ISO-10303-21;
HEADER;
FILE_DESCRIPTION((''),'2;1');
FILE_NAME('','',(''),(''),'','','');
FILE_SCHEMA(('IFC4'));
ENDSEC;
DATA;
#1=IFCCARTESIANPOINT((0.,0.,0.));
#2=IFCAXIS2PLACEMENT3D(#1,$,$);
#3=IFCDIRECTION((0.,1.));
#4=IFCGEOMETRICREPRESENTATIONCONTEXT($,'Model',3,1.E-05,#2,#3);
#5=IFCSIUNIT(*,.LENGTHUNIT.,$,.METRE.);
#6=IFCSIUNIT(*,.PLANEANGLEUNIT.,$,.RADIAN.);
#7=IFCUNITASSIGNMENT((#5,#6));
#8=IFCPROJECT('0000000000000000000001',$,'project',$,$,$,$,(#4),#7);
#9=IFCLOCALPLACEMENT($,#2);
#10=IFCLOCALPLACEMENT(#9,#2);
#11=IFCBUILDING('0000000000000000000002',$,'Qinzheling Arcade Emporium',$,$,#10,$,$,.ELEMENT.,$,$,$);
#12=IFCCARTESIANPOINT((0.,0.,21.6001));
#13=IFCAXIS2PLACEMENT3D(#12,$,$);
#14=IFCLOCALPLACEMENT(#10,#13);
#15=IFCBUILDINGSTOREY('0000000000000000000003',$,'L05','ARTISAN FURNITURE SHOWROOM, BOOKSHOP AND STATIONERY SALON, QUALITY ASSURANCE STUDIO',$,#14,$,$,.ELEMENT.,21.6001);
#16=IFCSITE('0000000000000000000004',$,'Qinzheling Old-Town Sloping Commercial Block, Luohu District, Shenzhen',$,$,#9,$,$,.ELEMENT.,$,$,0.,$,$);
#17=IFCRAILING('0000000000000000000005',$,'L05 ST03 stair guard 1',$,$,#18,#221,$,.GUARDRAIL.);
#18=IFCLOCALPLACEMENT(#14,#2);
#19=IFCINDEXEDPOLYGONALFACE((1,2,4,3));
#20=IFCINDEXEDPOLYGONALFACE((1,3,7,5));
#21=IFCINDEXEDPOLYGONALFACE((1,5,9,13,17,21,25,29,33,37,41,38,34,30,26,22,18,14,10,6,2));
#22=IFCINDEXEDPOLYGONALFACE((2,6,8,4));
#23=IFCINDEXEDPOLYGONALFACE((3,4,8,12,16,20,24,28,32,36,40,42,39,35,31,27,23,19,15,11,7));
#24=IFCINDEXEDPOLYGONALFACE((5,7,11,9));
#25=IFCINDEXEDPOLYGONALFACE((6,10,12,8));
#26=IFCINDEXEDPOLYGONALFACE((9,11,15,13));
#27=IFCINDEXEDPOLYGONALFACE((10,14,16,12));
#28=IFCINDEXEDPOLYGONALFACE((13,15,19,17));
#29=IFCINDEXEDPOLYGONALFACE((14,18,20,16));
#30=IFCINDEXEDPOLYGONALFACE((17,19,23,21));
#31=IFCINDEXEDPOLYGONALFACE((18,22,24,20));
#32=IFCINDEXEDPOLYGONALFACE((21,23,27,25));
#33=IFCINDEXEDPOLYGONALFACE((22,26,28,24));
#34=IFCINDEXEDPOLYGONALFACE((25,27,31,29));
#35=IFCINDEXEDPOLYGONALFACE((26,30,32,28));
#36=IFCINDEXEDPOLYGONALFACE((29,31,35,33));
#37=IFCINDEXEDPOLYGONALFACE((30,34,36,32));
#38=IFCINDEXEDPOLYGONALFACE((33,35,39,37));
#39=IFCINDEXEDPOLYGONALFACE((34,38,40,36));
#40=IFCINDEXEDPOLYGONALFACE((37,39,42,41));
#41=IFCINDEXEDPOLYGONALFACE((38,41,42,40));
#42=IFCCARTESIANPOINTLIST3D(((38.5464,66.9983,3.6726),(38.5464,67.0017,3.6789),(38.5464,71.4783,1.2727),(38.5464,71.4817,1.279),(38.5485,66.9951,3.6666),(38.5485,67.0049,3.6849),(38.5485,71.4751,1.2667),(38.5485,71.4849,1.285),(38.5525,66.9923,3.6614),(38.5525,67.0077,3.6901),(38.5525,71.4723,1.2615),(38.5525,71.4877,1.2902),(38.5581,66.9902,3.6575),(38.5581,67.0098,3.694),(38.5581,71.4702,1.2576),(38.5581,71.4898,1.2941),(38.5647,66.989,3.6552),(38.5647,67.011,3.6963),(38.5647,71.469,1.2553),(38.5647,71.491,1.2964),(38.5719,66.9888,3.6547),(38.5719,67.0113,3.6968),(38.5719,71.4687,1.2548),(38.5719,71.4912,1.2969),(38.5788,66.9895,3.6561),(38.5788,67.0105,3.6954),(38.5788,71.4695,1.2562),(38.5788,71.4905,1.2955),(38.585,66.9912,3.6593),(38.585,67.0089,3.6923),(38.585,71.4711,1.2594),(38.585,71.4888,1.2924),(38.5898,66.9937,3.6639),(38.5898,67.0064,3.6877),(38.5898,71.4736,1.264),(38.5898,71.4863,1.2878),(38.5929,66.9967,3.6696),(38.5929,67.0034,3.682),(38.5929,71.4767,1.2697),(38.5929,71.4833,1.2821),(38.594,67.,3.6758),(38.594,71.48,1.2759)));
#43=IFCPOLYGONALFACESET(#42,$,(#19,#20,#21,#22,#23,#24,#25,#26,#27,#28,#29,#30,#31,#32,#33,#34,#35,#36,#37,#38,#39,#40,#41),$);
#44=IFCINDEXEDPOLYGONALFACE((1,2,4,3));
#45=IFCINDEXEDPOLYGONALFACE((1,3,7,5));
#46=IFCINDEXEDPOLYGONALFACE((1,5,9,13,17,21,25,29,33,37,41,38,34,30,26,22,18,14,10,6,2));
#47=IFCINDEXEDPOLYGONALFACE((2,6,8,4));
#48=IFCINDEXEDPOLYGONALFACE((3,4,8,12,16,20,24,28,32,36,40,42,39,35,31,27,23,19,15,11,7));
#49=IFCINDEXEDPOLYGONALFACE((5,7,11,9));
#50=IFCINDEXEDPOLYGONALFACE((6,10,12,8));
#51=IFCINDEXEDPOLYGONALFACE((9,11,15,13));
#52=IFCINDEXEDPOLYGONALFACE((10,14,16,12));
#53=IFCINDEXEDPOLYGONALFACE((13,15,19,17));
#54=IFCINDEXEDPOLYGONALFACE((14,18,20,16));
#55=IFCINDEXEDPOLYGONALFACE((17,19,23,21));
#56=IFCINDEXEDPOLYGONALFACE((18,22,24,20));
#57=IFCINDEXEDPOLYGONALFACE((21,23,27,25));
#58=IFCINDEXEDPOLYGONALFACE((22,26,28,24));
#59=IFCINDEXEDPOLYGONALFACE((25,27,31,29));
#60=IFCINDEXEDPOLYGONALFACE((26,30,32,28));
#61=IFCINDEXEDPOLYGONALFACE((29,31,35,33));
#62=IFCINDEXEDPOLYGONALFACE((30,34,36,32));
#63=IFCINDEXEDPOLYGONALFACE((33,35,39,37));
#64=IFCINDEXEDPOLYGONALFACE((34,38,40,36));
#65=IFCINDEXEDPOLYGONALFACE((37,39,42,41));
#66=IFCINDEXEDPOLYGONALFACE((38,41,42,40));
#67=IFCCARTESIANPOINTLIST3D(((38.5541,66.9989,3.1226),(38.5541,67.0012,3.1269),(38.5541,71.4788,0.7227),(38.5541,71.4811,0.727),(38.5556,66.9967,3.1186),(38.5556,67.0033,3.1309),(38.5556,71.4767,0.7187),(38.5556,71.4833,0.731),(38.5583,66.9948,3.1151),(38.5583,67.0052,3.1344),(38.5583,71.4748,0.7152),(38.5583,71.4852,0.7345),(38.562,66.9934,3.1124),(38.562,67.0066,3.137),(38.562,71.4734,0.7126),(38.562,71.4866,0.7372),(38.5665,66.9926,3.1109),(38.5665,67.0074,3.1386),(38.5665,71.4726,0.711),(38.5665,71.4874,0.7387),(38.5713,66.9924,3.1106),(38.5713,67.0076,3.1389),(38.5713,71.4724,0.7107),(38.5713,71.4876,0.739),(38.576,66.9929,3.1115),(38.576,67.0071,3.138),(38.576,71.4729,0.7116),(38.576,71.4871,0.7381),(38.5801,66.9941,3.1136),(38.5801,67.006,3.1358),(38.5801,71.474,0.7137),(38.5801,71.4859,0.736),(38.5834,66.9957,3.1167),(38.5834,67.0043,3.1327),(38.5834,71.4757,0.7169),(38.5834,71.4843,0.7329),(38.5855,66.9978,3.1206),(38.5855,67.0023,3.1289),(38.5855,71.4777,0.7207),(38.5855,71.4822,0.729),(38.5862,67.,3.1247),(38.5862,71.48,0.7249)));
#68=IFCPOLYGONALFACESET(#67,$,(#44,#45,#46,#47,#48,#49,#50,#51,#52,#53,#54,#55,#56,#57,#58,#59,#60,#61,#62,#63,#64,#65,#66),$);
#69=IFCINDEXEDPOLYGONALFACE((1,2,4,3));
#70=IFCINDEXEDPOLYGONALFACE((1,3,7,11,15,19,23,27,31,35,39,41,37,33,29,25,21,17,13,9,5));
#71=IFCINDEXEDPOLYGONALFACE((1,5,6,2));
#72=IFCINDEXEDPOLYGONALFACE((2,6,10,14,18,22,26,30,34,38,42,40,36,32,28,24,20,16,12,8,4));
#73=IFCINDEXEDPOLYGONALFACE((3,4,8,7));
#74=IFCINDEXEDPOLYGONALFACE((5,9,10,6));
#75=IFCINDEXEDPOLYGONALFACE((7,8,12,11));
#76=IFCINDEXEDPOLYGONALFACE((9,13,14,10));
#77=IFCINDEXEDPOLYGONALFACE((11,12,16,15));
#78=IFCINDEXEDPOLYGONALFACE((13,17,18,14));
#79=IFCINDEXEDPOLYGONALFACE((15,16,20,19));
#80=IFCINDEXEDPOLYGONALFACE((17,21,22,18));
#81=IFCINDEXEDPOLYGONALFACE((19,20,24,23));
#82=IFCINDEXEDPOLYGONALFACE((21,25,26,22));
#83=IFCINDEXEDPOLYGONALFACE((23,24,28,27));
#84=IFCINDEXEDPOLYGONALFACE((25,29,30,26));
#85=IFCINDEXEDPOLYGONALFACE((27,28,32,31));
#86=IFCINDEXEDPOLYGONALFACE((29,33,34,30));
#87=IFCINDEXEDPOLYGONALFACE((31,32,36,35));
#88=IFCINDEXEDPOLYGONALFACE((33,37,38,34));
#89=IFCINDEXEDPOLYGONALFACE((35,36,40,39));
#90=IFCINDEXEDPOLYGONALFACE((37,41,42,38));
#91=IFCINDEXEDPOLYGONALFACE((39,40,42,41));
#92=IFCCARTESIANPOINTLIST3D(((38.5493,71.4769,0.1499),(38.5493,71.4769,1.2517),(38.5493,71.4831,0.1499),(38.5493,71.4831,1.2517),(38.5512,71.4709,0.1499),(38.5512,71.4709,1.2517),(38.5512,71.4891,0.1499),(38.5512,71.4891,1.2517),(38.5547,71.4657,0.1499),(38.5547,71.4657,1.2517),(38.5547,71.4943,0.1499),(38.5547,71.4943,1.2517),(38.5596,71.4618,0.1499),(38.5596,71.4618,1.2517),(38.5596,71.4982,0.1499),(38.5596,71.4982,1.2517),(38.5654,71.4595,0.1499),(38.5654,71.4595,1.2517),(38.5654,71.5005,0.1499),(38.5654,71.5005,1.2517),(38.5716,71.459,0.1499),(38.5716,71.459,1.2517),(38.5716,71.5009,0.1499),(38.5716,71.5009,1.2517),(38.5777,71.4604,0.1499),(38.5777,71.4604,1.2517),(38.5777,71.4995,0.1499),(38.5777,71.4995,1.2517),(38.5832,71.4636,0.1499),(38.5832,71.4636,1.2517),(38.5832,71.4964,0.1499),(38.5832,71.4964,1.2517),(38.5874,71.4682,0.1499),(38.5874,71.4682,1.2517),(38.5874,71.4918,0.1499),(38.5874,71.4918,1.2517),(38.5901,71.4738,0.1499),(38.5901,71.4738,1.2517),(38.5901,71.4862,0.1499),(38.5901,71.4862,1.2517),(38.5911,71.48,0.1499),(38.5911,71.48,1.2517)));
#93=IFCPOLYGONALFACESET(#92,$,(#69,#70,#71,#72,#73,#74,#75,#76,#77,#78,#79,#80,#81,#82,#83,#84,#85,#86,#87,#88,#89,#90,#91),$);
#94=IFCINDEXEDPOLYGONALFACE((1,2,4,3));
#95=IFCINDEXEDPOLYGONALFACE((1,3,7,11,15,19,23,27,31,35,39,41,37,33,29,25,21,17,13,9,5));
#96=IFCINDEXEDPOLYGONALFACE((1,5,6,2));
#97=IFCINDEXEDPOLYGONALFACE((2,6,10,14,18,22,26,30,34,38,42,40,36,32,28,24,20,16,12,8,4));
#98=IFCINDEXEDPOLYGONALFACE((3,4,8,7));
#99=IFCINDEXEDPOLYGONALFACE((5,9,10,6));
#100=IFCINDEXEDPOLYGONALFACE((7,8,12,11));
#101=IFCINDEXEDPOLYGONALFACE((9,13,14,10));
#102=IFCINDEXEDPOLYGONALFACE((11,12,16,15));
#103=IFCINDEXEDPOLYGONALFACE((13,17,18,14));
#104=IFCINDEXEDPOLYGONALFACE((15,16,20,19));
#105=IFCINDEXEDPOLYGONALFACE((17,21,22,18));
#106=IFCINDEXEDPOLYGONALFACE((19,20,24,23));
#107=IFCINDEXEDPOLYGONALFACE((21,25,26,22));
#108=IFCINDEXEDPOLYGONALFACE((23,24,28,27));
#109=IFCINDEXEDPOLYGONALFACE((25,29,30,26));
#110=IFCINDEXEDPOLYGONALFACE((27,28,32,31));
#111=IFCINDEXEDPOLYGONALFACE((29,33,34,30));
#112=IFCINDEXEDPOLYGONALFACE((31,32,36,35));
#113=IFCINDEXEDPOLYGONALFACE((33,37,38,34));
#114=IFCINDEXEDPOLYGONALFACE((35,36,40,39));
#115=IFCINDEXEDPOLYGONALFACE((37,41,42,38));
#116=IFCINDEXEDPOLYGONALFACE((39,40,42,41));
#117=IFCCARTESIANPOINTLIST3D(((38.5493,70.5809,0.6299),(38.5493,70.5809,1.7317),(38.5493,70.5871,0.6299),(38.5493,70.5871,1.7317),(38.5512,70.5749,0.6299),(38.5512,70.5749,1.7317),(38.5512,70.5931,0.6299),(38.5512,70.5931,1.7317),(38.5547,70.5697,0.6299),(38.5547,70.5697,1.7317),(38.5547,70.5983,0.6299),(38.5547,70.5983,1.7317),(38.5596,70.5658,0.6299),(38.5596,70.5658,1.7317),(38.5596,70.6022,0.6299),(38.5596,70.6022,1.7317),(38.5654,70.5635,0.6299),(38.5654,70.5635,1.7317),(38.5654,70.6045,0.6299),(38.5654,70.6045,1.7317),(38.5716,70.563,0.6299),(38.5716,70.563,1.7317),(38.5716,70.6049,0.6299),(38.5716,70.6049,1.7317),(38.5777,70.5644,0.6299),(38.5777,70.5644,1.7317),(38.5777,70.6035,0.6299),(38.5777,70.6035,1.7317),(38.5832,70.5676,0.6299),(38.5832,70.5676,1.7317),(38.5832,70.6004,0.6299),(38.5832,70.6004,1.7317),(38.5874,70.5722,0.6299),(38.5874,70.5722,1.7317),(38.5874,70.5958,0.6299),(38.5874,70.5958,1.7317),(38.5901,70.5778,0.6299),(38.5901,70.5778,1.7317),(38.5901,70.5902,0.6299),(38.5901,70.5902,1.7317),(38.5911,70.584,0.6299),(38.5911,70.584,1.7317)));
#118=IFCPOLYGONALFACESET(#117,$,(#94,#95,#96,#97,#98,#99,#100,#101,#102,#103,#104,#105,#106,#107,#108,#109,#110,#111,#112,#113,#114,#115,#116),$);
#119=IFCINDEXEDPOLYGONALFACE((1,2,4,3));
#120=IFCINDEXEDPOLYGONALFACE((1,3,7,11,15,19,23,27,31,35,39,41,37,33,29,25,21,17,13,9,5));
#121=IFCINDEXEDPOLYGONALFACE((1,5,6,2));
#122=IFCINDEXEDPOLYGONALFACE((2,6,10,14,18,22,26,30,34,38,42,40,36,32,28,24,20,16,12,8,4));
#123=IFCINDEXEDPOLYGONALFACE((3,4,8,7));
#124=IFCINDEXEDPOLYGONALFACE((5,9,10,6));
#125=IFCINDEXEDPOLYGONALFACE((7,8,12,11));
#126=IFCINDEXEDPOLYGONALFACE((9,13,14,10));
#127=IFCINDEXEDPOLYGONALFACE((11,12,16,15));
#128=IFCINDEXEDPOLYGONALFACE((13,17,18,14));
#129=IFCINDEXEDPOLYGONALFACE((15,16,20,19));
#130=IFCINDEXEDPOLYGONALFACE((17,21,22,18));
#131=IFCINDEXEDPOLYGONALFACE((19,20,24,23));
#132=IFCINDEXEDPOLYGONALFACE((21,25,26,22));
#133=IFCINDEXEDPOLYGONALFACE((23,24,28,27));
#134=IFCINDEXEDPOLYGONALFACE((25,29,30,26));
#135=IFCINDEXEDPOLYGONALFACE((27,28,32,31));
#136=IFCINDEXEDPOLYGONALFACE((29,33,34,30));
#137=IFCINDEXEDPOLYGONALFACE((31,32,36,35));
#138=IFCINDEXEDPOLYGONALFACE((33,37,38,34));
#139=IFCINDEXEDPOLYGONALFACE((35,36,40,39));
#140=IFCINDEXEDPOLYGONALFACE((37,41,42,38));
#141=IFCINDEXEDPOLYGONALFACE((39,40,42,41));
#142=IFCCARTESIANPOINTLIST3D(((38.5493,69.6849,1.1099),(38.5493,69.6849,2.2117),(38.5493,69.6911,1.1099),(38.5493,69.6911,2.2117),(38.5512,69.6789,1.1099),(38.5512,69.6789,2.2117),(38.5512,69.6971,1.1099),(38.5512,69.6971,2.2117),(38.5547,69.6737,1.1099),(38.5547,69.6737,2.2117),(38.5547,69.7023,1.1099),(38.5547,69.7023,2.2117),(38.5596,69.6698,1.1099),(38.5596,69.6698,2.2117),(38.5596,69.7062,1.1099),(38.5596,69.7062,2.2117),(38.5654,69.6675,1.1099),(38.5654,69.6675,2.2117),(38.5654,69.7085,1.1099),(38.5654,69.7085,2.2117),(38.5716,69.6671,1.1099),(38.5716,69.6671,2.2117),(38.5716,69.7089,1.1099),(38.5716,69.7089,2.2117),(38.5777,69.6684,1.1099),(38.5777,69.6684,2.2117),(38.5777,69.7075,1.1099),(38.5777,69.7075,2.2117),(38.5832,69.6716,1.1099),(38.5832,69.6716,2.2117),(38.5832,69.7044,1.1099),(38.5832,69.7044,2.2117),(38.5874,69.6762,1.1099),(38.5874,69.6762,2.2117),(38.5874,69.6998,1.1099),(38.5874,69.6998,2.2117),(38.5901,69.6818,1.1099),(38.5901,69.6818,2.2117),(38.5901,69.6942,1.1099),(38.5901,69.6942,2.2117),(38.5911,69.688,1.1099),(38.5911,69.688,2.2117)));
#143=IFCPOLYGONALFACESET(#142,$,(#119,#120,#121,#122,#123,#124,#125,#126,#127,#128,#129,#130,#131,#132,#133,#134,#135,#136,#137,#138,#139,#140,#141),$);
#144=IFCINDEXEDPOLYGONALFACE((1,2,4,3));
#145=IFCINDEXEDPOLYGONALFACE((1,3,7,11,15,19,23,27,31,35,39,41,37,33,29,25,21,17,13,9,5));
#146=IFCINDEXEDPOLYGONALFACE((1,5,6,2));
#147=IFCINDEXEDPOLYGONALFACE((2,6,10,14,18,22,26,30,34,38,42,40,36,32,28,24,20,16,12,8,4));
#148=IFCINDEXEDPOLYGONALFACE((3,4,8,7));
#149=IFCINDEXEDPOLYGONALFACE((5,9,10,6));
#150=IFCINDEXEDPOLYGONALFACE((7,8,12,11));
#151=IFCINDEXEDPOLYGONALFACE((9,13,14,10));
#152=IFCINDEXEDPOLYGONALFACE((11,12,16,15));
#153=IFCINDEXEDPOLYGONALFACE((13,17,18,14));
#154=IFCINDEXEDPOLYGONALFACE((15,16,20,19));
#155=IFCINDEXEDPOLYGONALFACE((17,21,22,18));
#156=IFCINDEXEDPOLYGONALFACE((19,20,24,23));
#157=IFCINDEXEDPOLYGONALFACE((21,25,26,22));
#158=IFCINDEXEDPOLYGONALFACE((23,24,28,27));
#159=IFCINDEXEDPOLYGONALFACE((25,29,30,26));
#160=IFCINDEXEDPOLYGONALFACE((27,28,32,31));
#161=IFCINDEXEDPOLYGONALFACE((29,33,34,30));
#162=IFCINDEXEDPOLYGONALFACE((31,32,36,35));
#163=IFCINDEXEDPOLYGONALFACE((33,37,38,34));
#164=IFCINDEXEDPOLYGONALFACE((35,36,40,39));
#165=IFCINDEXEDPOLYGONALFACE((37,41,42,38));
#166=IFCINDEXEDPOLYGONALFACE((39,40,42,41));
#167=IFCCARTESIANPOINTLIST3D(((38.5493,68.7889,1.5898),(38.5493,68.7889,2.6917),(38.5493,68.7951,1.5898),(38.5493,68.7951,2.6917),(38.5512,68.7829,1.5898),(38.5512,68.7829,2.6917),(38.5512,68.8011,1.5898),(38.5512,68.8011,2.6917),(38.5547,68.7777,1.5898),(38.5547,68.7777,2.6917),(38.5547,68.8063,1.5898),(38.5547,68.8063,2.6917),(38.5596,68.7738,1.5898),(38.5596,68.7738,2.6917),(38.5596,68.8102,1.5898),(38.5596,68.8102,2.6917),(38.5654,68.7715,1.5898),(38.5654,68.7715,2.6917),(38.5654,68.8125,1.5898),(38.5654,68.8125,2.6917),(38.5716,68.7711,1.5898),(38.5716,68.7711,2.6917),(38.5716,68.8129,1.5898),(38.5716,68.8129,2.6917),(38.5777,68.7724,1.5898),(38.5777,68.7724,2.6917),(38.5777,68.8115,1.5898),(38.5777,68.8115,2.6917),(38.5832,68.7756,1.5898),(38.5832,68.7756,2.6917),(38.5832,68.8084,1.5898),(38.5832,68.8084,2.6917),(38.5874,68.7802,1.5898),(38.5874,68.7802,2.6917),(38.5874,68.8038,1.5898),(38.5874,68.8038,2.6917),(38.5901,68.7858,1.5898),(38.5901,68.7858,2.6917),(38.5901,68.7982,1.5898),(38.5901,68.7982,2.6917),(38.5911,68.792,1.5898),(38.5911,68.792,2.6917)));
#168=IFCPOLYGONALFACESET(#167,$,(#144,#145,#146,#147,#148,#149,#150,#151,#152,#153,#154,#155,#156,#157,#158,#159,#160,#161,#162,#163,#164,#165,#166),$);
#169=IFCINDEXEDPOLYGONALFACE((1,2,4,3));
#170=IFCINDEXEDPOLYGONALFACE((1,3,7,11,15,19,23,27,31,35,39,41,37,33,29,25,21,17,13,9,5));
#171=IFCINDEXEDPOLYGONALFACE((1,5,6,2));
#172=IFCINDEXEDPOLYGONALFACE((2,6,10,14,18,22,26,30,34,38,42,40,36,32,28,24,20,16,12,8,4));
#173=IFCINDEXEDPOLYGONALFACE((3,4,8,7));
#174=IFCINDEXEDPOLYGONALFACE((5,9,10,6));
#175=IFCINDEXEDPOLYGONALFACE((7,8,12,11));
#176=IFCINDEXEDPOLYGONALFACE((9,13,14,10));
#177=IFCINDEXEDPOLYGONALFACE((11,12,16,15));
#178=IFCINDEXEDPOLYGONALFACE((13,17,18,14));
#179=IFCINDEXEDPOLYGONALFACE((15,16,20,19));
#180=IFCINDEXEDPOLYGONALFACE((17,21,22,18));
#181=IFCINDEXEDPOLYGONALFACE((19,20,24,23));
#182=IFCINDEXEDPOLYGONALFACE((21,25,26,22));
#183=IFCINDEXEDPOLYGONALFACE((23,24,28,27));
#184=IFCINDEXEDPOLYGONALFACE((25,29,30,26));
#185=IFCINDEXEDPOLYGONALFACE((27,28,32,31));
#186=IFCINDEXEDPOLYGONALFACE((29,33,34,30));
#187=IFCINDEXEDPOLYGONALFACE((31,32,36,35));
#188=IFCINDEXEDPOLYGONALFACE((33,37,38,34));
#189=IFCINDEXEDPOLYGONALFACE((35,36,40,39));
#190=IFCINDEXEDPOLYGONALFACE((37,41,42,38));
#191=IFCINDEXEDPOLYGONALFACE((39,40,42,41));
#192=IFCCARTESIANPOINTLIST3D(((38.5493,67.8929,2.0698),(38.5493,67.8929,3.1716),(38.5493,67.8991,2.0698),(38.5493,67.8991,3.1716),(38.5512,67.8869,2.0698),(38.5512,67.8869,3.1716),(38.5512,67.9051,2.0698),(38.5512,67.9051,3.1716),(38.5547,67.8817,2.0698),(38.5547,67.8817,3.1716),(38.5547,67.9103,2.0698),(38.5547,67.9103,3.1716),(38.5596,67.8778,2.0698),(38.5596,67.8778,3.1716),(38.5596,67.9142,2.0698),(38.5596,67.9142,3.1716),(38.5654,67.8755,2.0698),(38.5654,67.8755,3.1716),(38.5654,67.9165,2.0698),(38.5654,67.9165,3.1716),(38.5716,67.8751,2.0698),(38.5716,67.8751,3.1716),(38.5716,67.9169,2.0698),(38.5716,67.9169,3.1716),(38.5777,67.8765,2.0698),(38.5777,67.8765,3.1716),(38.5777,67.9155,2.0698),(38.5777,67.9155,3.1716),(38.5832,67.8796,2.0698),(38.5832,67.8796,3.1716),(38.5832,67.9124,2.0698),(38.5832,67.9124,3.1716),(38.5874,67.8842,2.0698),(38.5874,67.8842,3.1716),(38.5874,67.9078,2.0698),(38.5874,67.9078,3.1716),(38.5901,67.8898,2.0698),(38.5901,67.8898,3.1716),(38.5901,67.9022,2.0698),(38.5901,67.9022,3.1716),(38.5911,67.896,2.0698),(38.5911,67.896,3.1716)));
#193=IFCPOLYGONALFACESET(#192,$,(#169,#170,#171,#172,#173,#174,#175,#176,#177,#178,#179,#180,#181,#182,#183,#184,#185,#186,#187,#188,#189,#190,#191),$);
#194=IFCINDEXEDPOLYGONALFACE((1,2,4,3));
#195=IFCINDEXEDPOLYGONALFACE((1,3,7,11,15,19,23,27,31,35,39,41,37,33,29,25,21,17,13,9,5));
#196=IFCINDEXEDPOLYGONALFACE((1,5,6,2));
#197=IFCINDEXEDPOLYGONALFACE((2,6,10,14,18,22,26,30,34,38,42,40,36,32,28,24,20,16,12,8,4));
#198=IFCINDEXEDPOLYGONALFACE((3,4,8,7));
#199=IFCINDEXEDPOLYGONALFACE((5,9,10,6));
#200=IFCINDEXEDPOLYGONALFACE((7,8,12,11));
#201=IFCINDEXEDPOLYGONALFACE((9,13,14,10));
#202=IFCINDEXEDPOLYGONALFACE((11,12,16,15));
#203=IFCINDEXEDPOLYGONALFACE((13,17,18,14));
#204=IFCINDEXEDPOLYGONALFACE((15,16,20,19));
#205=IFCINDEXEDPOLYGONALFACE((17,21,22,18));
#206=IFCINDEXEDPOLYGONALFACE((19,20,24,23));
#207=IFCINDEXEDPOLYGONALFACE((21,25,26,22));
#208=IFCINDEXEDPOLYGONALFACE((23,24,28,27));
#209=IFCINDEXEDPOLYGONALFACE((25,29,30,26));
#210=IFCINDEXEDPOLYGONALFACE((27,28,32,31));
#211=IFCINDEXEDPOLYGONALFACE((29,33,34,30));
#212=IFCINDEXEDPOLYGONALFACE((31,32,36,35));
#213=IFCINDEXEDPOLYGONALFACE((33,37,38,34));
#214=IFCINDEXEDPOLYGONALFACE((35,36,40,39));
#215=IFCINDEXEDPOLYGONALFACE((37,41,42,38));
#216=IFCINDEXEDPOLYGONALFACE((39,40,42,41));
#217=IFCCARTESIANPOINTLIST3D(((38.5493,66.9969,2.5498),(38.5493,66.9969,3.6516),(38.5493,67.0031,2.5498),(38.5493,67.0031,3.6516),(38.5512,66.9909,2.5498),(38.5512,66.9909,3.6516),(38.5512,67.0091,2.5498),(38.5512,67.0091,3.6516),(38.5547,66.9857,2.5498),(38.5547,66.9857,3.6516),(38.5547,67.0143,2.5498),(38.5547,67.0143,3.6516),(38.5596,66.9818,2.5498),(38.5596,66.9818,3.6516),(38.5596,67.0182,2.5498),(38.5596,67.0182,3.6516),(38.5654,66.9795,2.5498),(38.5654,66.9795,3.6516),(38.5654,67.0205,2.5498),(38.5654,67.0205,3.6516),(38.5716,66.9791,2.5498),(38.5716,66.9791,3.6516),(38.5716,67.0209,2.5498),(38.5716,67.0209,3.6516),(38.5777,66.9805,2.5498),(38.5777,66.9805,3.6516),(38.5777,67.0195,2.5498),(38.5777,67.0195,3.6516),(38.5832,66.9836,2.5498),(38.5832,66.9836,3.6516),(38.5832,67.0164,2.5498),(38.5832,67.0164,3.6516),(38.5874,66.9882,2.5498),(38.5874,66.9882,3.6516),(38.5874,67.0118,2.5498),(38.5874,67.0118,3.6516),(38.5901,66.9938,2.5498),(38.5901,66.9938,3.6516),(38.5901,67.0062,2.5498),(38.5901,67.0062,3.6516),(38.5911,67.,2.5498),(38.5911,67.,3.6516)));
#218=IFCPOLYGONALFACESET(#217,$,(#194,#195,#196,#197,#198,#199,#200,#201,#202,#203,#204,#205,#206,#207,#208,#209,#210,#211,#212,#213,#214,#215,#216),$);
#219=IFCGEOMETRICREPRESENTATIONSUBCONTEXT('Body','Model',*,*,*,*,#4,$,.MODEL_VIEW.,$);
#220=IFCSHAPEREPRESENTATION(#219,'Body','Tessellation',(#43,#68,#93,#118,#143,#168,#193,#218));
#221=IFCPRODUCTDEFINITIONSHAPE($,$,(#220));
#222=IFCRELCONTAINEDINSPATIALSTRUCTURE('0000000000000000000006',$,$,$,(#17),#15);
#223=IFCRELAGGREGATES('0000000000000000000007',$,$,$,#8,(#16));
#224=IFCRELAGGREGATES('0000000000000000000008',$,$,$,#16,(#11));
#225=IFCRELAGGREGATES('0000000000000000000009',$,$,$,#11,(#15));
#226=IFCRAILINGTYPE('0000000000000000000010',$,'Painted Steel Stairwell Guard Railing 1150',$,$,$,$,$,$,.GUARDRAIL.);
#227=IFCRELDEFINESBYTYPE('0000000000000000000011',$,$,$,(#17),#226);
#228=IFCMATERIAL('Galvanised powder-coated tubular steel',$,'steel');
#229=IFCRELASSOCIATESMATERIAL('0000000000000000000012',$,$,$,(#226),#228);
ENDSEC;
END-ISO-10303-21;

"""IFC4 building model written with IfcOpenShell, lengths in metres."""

from ifc_helpers import new_model, si_unit, direction, frame, origin, origin_2d, place, context, subcontext, project, spatial, circle, extrude, material, type_object, element, save


model = new_model("IFC4")

# Units and contexts
model_context = context("Model", 3, precision=1e-05, world=origin(), true_north=direction((0.0, 1.0)))
body_context = subcontext(model_context, "Body", "Model", "MODEL_VIEW")
ifc_project = project(units=[si_unit("LENGTHUNIT", "METRE"), si_unit("PLANEANGLEUNIT", "RADIAN")], contexts=[model_context])

# Site, building, storey
site_placement = place(None, origin())
site = spatial("IfcSite", under=ifc_project, at=site_placement, Name="Qinzheling Old-Town Sloping Commercial Block, Luohu District, Shenzhen", CompositionType="ELEMENT", RefElevation=0.0)
building_placement = place(site_placement, origin())
building = spatial("IfcBuilding", under=site, at=building_placement, Name="Qinzheling Arcade Emporium", CompositionType="ELEMENT")
storey_placement = place(building_placement, frame((0.0, 0.0, 21.6001)))
storey = spatial("IfcBuildingStorey", under=building, at=storey_placement, Name="L05", Description="ARTISAN FURNITURE SHOWROOM, BOOKSHOP AND STATIONERY SALON, QUALITY ASSURANCE STUDIO", CompositionType="ELEMENT", Elevation=21.6001)

# Railing
ifc_material_1 = material(Name="Galvanised powder-coated tubular steel", Category="steel")
railing_type_1 = type_object("IfcRailingType", Name="Painted Steel Stairwell Guard Railing 1150", PredefinedType="GUARDRAIL", material=ifc_material_1)
railing_1_placement = place(storey_placement, frame((38.5701, 71.48, 0.1499)))
element("IfcRailing", 1, at=railing_1_placement, inside=storey, type_object=railing_type_1, Name="L05 ST03 stair guard 1", PredefinedType="GUARDRAIL", context=body_context, shape_type="SweptSolid", body=[
    extrude(circle(Radius=0.0239, at=origin_2d()), frame((0.0, 0.0, 1.126), z_axis=(0.0, -0.881487, 0.472208), x_axis=(1.0, 0.0, 0.0)), (0.0, 0.0, 1.0), 5.0823),
    extrude(circle(Radius=0.0161, at=origin_2d()), frame((0.0, 0.0, 0.575), z_axis=(0.0, -0.881487, 0.472208), x_axis=(1.0, 0.0, 0.0)), (0.0, 0.0, 1.0), 5.0823),
    extrude(circle(Radius=0.021, at=origin_2d()), origin(), (0.0, 0.0, 1.0), 1.1018),
    extrude(circle(Radius=0.021, at=origin_2d()), frame((0.0, -0.896, 0.48)), (0.0, 0.0, 1.0), 1.1018),
    extrude(circle(Radius=0.021, at=origin_2d()), frame((0.0, -1.792, 0.96)), (0.0, 0.0, 1.0), 1.1018),
    extrude(circle(Radius=0.021, at=origin_2d()), frame((0.0, -2.688, 1.4399)), (0.0, 0.0, 1.0), 1.1018),
    extrude(circle(Radius=0.021, at=origin_2d()), frame((0.0, -3.584, 1.9199)), (0.0, 0.0, 1.0), 1.1018),
    extrude(circle(Radius=0.021, at=origin_2d()), frame((0.0, -4.48, 2.3999)), (0.0, 0.0, 1.0), 1.1018),
])

save(model, "model.ifc")
